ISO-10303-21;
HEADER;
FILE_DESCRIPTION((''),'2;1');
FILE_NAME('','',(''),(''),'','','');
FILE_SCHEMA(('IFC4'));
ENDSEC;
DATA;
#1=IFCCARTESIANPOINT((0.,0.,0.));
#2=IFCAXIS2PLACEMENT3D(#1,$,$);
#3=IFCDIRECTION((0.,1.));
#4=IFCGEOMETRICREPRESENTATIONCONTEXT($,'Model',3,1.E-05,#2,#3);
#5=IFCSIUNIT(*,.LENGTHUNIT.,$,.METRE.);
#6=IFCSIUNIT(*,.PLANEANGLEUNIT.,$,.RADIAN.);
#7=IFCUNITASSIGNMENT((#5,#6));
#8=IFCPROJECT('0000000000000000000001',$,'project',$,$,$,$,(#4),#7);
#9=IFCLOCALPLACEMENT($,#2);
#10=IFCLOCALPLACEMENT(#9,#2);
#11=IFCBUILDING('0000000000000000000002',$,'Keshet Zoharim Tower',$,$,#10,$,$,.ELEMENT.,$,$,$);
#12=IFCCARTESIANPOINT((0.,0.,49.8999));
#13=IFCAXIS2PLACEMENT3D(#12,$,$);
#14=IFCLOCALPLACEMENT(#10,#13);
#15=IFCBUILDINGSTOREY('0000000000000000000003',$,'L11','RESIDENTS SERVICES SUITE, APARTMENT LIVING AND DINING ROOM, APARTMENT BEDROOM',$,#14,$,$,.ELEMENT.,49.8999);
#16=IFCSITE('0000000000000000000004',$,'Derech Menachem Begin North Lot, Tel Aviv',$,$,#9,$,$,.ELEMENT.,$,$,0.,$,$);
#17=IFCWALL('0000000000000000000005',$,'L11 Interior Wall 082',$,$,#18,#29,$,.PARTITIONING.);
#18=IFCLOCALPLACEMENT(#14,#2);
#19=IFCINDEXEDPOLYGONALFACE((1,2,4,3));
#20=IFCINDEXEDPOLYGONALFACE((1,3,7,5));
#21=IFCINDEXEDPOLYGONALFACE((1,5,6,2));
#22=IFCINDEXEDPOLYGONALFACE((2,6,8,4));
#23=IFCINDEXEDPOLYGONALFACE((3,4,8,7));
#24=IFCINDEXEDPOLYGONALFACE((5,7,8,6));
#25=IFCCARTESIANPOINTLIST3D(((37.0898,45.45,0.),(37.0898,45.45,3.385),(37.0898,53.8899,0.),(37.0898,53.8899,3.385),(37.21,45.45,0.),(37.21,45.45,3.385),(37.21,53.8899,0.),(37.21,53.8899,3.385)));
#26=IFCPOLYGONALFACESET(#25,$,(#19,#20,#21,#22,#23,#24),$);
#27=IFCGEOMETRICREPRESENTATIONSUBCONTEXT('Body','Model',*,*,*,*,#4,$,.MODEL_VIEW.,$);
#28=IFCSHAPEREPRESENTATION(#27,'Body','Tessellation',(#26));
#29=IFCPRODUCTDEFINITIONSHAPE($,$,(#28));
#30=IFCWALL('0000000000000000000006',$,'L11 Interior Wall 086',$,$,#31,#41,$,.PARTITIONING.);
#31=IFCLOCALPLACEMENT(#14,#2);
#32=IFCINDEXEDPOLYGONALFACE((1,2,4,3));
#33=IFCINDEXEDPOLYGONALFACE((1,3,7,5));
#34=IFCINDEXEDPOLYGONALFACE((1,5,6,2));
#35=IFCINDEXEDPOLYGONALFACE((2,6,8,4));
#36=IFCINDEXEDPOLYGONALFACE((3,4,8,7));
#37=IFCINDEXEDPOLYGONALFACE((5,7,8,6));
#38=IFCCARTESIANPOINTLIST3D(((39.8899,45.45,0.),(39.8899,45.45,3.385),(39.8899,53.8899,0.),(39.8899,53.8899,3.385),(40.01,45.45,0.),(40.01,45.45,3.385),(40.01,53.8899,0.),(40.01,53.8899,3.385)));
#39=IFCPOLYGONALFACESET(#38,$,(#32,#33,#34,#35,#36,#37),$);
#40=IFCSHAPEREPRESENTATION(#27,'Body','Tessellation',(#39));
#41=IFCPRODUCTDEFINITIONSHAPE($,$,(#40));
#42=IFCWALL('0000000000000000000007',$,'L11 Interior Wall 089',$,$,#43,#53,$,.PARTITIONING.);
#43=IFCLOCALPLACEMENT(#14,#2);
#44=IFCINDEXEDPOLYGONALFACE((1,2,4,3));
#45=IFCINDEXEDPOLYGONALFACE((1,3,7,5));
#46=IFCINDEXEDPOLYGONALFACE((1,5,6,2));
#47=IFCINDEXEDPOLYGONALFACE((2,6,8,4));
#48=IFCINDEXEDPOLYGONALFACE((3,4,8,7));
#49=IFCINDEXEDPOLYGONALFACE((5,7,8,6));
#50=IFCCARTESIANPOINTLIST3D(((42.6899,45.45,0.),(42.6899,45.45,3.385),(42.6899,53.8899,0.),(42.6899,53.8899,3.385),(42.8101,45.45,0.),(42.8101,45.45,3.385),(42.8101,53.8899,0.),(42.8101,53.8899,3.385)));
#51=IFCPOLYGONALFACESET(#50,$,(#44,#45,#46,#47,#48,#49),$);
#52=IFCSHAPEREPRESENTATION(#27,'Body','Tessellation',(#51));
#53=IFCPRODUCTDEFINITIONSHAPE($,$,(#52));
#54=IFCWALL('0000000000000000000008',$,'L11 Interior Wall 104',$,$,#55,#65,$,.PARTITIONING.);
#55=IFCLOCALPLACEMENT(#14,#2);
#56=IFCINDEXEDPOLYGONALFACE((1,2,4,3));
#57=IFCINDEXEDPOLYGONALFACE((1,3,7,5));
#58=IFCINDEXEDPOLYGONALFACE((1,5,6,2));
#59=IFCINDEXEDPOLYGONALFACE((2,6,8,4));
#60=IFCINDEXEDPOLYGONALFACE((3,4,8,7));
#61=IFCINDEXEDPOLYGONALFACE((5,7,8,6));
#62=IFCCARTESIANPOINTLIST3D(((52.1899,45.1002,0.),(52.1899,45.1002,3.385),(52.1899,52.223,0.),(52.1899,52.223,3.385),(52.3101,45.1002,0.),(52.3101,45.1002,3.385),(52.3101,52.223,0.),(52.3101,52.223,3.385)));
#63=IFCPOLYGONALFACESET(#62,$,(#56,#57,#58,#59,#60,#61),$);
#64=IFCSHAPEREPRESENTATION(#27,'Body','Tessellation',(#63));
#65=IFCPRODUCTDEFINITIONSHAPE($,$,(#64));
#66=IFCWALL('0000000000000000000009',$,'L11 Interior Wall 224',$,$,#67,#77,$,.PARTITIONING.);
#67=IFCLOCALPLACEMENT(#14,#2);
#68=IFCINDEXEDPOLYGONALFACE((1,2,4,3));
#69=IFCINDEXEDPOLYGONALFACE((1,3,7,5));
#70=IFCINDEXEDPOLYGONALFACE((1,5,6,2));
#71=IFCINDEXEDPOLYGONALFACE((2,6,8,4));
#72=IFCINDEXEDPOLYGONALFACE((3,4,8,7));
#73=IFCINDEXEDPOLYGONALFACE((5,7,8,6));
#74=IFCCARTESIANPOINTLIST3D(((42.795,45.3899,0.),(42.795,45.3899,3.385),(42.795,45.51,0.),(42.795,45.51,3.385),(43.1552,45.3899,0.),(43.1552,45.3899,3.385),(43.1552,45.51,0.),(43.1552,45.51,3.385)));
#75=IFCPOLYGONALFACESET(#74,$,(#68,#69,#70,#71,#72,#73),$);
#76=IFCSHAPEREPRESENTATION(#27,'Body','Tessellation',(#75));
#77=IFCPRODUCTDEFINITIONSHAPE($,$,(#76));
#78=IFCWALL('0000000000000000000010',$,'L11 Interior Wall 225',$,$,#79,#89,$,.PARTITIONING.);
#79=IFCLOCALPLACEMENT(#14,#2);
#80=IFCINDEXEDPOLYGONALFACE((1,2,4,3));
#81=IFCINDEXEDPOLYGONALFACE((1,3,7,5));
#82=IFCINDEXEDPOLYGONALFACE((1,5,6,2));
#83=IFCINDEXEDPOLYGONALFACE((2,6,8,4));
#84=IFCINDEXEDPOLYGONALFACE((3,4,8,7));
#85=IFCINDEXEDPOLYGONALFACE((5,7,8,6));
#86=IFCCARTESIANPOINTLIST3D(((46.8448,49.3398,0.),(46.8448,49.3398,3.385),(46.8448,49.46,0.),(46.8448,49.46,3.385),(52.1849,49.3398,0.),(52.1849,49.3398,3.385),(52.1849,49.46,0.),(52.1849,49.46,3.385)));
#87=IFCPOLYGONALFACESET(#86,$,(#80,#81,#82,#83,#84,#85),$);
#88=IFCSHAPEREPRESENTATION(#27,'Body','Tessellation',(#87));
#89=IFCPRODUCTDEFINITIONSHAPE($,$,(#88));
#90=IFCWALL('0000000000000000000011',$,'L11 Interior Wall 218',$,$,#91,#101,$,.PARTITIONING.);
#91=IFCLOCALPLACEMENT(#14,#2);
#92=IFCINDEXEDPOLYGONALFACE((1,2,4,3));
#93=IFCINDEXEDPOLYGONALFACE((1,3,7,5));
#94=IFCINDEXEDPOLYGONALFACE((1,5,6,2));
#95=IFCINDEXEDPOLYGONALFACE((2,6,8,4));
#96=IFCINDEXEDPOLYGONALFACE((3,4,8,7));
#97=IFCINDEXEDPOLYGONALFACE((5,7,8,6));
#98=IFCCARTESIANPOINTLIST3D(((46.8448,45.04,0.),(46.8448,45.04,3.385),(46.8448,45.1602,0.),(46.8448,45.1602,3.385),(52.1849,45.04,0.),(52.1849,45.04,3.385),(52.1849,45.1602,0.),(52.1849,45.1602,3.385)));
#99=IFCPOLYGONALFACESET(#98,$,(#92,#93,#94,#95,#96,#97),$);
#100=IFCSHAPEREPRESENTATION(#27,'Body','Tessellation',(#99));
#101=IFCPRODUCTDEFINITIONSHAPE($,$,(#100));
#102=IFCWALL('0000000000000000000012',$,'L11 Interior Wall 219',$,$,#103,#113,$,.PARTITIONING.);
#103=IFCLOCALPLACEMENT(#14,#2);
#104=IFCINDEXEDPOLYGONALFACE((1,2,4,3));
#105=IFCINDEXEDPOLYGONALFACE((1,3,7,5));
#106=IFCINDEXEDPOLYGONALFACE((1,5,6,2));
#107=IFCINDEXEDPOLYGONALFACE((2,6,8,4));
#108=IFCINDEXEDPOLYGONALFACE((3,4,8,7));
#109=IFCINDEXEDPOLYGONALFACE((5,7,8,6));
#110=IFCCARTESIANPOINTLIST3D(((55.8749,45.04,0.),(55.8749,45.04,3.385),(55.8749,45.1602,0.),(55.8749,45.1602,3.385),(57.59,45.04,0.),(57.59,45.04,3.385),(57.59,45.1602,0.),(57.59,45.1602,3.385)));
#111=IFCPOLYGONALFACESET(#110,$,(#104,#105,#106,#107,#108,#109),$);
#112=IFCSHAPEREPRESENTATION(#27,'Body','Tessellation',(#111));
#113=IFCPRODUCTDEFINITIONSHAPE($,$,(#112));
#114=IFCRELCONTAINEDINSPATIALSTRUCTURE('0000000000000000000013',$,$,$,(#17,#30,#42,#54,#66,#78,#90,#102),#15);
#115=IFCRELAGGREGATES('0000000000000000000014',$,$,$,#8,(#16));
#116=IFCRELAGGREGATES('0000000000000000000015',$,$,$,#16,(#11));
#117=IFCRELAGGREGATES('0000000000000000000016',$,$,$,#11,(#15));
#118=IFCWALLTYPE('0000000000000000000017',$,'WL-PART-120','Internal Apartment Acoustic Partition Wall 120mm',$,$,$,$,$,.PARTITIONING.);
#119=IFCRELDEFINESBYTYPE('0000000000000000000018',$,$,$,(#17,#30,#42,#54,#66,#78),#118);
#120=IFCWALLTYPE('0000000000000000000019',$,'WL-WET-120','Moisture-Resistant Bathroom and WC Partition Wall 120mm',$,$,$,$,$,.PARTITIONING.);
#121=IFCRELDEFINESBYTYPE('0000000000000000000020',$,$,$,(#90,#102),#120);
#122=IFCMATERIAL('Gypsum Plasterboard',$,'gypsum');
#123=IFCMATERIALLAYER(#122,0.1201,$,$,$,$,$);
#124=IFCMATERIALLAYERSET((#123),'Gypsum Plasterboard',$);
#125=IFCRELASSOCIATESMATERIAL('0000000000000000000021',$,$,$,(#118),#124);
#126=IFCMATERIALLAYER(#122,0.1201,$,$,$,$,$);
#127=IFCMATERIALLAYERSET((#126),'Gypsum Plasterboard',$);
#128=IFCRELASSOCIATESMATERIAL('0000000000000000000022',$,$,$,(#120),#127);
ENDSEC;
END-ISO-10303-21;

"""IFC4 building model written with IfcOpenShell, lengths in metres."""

from ifc_helpers import new_model, si_unit, direction, frame, frame_2d, origin, place, context, subcontext, project, spatial, rectangle, extrude, material, layer, layer_set, type_object, element, save


model = new_model("IFC4")

# Units and contexts
model_context = context("Model", 3, precision=1e-05, world=origin(), true_north=direction((0.0, 1.0)))
body_context = subcontext(model_context, "Body", "Model", "MODEL_VIEW")
ifc_project = project(units=[si_unit("LENGTHUNIT", "METRE"), si_unit("PLANEANGLEUNIT", "RADIAN")], contexts=[model_context])

# Site, building, storey
site_placement = place(None, origin())
site = spatial("IfcSite", under=ifc_project, at=site_placement, Name="Derech Menachem Begin North Lot, Tel Aviv", CompositionType="ELEMENT", RefElevation=0.0)
building_placement = place(site_placement, origin())
building = spatial("IfcBuilding", under=site, at=building_placement, Name="Keshet Zoharim Tower", CompositionType="ELEMENT")
storey_placement = place(building_placement, frame((0.0, 0.0, 49.8999)))
storey = spatial("IfcBuildingStorey", under=building, at=storey_placement, Name="L11", Description="RESIDENTS SERVICES SUITE, APARTMENT LIVING AND DINING ROOM, APARTMENT BEDROOM", CompositionType="ELEMENT", Elevation=49.8999)

# Walls
ifc_material_1 = material(Name="Gypsum Plasterboard", Category="gypsum")
ifc_layer_1 = layer(ifc_material_1, 0.1201)
ifc_layer_set_1 = layer_set([ifc_layer_1], Name="Gypsum Plasterboard")
wall_type_1 = type_object("IfcWallType", Name="WL-PART-120", Description="Internal Apartment Acoustic Partition Wall 120mm", PredefinedType="PARTITIONING", material=ifc_layer_set_1)
for number, where, z_axis, x_axis, name in (
    (1, (37.1499, 45.45, 0.0), (0.0, 0.0, 1.0), (0.0, 1.0, 0.0), "L11 Interior Wall 082"),
    (2, (39.95, 45.45, 0.0), (0.0, 0.0, 1.0), (0.0, 1.0, 0.0), "L11 Interior Wall 086"),
    (3, (42.75, 45.45, 0.0), (0.0, 0.0, 1.0), (0.0, 1.0, 0.0), "L11 Interior Wall 089"),
):
    element("IfcWall", number, at=place(storey_placement, frame(where, z_axis=z_axis, x_axis=x_axis)), inside=storey, type_object=wall_type_1, Name=name, PredefinedType="PARTITIONING", context=body_context, shape_type="SweptSolid", body=[
        extrude(rectangle(XDim=8.4399, YDim=0.1201, at=frame_2d((4.22, 0.0))), origin(), (0.0, 0.0, 1.0), 3.385),
    ])
wall_1_placement = place(storey_placement, frame((52.25, 45.1001, 0.0), z_axis=(0.0, 0.0, 1.0), x_axis=(0.0, 1.0, 0.0)))
element("IfcWall", 4, at=wall_1_placement, inside=storey, type_object=wall_type_1, Name="L11 Interior Wall 104", PredefinedType="PARTITIONING", context=body_context, shape_type="SweptSolid", body=[
    extrude(rectangle(XDim=7.1228, YDim=0.1201, at=frame_2d((3.5615, 0.0))), origin(), (0.0, 0.0, 1.0), 3.385),
])
wall_2_placement = place(storey_placement, frame((42.7949, 45.45, 0.0), z_axis=(0.0, 0.0, 1.0), x_axis=(1.0, 0.0, 0.0)))
element("IfcWall", 5, at=wall_2_placement, inside=storey, type_object=wall_type_1, Name="L11 Interior Wall 224", PredefinedType="PARTITIONING", context=body_context, shape_type="SweptSolid", body=[
    extrude(rectangle(XDim=0.3601, YDim=0.1201, at=frame_2d((0.1802, 0.0))), origin(), (0.0, 0.0, 1.0), 3.385),
])
wall_3_placement = place(storey_placement, frame((46.845, 49.3999, 0.0), z_axis=(0.0, 0.0, 1.0), x_axis=(1.0, 0.0, 0.0)))
element("IfcWall", 6, at=wall_3_placement, inside=storey, type_object=wall_type_1, Name="L11 Interior Wall 225", PredefinedType="PARTITIONING", context=body_context, shape_type="SweptSolid", body=[
    extrude(rectangle(XDim=5.3401, YDim=0.1201, at=frame_2d((2.6699, 0.0))), origin(), (0.0, 0.0, 1.0), 3.385),
])
ifc_layer_2 = layer(ifc_material_1, 0.1201)
ifc_layer_set_2 = layer_set([ifc_layer_2], Name="Gypsum Plasterboard")
wall_type_2 = type_object("IfcWallType", Name="WL-WET-120", Description="Moisture-Resistant Bathroom and WC Partition Wall 120mm", PredefinedType="PARTITIONING", material=ifc_layer_set_2)
wall_4_placement = place(storey_placement, frame((46.845, 45.1001, 0.0), z_axis=(0.0, 0.0, 1.0), x_axis=(1.0, 0.0, 0.0)))
element("IfcWall", 7, at=wall_4_placement, inside=storey, type_object=wall_type_2, Name="L11 Interior Wall 218", PredefinedType="PARTITIONING", context=body_context, shape_type="SweptSolid", body=[
    extrude(rectangle(XDim=5.3401, YDim=0.1201, at=frame_2d((2.6699, 0.0))), origin(), (0.0, 0.0, 1.0), 3.385),
])
wall_5_placement = place(storey_placement, frame((55.875, 45.1001, 0.0), z_axis=(0.0, 0.0, 1.0), x_axis=(1.0, 0.0, 0.0)))
element("IfcWall", 8, at=wall_5_placement, inside=storey, type_object=wall_type_2, Name="L11 Interior Wall 219", PredefinedType="PARTITIONING", context=body_context, shape_type="SweptSolid", body=[
    extrude(rectangle(XDim=1.7151, YDim=0.1201, at=frame_2d((0.8574, 0.0))), origin(), (0.0, 0.0, 1.0), 3.385),
])

save(model, "model.ifc")
